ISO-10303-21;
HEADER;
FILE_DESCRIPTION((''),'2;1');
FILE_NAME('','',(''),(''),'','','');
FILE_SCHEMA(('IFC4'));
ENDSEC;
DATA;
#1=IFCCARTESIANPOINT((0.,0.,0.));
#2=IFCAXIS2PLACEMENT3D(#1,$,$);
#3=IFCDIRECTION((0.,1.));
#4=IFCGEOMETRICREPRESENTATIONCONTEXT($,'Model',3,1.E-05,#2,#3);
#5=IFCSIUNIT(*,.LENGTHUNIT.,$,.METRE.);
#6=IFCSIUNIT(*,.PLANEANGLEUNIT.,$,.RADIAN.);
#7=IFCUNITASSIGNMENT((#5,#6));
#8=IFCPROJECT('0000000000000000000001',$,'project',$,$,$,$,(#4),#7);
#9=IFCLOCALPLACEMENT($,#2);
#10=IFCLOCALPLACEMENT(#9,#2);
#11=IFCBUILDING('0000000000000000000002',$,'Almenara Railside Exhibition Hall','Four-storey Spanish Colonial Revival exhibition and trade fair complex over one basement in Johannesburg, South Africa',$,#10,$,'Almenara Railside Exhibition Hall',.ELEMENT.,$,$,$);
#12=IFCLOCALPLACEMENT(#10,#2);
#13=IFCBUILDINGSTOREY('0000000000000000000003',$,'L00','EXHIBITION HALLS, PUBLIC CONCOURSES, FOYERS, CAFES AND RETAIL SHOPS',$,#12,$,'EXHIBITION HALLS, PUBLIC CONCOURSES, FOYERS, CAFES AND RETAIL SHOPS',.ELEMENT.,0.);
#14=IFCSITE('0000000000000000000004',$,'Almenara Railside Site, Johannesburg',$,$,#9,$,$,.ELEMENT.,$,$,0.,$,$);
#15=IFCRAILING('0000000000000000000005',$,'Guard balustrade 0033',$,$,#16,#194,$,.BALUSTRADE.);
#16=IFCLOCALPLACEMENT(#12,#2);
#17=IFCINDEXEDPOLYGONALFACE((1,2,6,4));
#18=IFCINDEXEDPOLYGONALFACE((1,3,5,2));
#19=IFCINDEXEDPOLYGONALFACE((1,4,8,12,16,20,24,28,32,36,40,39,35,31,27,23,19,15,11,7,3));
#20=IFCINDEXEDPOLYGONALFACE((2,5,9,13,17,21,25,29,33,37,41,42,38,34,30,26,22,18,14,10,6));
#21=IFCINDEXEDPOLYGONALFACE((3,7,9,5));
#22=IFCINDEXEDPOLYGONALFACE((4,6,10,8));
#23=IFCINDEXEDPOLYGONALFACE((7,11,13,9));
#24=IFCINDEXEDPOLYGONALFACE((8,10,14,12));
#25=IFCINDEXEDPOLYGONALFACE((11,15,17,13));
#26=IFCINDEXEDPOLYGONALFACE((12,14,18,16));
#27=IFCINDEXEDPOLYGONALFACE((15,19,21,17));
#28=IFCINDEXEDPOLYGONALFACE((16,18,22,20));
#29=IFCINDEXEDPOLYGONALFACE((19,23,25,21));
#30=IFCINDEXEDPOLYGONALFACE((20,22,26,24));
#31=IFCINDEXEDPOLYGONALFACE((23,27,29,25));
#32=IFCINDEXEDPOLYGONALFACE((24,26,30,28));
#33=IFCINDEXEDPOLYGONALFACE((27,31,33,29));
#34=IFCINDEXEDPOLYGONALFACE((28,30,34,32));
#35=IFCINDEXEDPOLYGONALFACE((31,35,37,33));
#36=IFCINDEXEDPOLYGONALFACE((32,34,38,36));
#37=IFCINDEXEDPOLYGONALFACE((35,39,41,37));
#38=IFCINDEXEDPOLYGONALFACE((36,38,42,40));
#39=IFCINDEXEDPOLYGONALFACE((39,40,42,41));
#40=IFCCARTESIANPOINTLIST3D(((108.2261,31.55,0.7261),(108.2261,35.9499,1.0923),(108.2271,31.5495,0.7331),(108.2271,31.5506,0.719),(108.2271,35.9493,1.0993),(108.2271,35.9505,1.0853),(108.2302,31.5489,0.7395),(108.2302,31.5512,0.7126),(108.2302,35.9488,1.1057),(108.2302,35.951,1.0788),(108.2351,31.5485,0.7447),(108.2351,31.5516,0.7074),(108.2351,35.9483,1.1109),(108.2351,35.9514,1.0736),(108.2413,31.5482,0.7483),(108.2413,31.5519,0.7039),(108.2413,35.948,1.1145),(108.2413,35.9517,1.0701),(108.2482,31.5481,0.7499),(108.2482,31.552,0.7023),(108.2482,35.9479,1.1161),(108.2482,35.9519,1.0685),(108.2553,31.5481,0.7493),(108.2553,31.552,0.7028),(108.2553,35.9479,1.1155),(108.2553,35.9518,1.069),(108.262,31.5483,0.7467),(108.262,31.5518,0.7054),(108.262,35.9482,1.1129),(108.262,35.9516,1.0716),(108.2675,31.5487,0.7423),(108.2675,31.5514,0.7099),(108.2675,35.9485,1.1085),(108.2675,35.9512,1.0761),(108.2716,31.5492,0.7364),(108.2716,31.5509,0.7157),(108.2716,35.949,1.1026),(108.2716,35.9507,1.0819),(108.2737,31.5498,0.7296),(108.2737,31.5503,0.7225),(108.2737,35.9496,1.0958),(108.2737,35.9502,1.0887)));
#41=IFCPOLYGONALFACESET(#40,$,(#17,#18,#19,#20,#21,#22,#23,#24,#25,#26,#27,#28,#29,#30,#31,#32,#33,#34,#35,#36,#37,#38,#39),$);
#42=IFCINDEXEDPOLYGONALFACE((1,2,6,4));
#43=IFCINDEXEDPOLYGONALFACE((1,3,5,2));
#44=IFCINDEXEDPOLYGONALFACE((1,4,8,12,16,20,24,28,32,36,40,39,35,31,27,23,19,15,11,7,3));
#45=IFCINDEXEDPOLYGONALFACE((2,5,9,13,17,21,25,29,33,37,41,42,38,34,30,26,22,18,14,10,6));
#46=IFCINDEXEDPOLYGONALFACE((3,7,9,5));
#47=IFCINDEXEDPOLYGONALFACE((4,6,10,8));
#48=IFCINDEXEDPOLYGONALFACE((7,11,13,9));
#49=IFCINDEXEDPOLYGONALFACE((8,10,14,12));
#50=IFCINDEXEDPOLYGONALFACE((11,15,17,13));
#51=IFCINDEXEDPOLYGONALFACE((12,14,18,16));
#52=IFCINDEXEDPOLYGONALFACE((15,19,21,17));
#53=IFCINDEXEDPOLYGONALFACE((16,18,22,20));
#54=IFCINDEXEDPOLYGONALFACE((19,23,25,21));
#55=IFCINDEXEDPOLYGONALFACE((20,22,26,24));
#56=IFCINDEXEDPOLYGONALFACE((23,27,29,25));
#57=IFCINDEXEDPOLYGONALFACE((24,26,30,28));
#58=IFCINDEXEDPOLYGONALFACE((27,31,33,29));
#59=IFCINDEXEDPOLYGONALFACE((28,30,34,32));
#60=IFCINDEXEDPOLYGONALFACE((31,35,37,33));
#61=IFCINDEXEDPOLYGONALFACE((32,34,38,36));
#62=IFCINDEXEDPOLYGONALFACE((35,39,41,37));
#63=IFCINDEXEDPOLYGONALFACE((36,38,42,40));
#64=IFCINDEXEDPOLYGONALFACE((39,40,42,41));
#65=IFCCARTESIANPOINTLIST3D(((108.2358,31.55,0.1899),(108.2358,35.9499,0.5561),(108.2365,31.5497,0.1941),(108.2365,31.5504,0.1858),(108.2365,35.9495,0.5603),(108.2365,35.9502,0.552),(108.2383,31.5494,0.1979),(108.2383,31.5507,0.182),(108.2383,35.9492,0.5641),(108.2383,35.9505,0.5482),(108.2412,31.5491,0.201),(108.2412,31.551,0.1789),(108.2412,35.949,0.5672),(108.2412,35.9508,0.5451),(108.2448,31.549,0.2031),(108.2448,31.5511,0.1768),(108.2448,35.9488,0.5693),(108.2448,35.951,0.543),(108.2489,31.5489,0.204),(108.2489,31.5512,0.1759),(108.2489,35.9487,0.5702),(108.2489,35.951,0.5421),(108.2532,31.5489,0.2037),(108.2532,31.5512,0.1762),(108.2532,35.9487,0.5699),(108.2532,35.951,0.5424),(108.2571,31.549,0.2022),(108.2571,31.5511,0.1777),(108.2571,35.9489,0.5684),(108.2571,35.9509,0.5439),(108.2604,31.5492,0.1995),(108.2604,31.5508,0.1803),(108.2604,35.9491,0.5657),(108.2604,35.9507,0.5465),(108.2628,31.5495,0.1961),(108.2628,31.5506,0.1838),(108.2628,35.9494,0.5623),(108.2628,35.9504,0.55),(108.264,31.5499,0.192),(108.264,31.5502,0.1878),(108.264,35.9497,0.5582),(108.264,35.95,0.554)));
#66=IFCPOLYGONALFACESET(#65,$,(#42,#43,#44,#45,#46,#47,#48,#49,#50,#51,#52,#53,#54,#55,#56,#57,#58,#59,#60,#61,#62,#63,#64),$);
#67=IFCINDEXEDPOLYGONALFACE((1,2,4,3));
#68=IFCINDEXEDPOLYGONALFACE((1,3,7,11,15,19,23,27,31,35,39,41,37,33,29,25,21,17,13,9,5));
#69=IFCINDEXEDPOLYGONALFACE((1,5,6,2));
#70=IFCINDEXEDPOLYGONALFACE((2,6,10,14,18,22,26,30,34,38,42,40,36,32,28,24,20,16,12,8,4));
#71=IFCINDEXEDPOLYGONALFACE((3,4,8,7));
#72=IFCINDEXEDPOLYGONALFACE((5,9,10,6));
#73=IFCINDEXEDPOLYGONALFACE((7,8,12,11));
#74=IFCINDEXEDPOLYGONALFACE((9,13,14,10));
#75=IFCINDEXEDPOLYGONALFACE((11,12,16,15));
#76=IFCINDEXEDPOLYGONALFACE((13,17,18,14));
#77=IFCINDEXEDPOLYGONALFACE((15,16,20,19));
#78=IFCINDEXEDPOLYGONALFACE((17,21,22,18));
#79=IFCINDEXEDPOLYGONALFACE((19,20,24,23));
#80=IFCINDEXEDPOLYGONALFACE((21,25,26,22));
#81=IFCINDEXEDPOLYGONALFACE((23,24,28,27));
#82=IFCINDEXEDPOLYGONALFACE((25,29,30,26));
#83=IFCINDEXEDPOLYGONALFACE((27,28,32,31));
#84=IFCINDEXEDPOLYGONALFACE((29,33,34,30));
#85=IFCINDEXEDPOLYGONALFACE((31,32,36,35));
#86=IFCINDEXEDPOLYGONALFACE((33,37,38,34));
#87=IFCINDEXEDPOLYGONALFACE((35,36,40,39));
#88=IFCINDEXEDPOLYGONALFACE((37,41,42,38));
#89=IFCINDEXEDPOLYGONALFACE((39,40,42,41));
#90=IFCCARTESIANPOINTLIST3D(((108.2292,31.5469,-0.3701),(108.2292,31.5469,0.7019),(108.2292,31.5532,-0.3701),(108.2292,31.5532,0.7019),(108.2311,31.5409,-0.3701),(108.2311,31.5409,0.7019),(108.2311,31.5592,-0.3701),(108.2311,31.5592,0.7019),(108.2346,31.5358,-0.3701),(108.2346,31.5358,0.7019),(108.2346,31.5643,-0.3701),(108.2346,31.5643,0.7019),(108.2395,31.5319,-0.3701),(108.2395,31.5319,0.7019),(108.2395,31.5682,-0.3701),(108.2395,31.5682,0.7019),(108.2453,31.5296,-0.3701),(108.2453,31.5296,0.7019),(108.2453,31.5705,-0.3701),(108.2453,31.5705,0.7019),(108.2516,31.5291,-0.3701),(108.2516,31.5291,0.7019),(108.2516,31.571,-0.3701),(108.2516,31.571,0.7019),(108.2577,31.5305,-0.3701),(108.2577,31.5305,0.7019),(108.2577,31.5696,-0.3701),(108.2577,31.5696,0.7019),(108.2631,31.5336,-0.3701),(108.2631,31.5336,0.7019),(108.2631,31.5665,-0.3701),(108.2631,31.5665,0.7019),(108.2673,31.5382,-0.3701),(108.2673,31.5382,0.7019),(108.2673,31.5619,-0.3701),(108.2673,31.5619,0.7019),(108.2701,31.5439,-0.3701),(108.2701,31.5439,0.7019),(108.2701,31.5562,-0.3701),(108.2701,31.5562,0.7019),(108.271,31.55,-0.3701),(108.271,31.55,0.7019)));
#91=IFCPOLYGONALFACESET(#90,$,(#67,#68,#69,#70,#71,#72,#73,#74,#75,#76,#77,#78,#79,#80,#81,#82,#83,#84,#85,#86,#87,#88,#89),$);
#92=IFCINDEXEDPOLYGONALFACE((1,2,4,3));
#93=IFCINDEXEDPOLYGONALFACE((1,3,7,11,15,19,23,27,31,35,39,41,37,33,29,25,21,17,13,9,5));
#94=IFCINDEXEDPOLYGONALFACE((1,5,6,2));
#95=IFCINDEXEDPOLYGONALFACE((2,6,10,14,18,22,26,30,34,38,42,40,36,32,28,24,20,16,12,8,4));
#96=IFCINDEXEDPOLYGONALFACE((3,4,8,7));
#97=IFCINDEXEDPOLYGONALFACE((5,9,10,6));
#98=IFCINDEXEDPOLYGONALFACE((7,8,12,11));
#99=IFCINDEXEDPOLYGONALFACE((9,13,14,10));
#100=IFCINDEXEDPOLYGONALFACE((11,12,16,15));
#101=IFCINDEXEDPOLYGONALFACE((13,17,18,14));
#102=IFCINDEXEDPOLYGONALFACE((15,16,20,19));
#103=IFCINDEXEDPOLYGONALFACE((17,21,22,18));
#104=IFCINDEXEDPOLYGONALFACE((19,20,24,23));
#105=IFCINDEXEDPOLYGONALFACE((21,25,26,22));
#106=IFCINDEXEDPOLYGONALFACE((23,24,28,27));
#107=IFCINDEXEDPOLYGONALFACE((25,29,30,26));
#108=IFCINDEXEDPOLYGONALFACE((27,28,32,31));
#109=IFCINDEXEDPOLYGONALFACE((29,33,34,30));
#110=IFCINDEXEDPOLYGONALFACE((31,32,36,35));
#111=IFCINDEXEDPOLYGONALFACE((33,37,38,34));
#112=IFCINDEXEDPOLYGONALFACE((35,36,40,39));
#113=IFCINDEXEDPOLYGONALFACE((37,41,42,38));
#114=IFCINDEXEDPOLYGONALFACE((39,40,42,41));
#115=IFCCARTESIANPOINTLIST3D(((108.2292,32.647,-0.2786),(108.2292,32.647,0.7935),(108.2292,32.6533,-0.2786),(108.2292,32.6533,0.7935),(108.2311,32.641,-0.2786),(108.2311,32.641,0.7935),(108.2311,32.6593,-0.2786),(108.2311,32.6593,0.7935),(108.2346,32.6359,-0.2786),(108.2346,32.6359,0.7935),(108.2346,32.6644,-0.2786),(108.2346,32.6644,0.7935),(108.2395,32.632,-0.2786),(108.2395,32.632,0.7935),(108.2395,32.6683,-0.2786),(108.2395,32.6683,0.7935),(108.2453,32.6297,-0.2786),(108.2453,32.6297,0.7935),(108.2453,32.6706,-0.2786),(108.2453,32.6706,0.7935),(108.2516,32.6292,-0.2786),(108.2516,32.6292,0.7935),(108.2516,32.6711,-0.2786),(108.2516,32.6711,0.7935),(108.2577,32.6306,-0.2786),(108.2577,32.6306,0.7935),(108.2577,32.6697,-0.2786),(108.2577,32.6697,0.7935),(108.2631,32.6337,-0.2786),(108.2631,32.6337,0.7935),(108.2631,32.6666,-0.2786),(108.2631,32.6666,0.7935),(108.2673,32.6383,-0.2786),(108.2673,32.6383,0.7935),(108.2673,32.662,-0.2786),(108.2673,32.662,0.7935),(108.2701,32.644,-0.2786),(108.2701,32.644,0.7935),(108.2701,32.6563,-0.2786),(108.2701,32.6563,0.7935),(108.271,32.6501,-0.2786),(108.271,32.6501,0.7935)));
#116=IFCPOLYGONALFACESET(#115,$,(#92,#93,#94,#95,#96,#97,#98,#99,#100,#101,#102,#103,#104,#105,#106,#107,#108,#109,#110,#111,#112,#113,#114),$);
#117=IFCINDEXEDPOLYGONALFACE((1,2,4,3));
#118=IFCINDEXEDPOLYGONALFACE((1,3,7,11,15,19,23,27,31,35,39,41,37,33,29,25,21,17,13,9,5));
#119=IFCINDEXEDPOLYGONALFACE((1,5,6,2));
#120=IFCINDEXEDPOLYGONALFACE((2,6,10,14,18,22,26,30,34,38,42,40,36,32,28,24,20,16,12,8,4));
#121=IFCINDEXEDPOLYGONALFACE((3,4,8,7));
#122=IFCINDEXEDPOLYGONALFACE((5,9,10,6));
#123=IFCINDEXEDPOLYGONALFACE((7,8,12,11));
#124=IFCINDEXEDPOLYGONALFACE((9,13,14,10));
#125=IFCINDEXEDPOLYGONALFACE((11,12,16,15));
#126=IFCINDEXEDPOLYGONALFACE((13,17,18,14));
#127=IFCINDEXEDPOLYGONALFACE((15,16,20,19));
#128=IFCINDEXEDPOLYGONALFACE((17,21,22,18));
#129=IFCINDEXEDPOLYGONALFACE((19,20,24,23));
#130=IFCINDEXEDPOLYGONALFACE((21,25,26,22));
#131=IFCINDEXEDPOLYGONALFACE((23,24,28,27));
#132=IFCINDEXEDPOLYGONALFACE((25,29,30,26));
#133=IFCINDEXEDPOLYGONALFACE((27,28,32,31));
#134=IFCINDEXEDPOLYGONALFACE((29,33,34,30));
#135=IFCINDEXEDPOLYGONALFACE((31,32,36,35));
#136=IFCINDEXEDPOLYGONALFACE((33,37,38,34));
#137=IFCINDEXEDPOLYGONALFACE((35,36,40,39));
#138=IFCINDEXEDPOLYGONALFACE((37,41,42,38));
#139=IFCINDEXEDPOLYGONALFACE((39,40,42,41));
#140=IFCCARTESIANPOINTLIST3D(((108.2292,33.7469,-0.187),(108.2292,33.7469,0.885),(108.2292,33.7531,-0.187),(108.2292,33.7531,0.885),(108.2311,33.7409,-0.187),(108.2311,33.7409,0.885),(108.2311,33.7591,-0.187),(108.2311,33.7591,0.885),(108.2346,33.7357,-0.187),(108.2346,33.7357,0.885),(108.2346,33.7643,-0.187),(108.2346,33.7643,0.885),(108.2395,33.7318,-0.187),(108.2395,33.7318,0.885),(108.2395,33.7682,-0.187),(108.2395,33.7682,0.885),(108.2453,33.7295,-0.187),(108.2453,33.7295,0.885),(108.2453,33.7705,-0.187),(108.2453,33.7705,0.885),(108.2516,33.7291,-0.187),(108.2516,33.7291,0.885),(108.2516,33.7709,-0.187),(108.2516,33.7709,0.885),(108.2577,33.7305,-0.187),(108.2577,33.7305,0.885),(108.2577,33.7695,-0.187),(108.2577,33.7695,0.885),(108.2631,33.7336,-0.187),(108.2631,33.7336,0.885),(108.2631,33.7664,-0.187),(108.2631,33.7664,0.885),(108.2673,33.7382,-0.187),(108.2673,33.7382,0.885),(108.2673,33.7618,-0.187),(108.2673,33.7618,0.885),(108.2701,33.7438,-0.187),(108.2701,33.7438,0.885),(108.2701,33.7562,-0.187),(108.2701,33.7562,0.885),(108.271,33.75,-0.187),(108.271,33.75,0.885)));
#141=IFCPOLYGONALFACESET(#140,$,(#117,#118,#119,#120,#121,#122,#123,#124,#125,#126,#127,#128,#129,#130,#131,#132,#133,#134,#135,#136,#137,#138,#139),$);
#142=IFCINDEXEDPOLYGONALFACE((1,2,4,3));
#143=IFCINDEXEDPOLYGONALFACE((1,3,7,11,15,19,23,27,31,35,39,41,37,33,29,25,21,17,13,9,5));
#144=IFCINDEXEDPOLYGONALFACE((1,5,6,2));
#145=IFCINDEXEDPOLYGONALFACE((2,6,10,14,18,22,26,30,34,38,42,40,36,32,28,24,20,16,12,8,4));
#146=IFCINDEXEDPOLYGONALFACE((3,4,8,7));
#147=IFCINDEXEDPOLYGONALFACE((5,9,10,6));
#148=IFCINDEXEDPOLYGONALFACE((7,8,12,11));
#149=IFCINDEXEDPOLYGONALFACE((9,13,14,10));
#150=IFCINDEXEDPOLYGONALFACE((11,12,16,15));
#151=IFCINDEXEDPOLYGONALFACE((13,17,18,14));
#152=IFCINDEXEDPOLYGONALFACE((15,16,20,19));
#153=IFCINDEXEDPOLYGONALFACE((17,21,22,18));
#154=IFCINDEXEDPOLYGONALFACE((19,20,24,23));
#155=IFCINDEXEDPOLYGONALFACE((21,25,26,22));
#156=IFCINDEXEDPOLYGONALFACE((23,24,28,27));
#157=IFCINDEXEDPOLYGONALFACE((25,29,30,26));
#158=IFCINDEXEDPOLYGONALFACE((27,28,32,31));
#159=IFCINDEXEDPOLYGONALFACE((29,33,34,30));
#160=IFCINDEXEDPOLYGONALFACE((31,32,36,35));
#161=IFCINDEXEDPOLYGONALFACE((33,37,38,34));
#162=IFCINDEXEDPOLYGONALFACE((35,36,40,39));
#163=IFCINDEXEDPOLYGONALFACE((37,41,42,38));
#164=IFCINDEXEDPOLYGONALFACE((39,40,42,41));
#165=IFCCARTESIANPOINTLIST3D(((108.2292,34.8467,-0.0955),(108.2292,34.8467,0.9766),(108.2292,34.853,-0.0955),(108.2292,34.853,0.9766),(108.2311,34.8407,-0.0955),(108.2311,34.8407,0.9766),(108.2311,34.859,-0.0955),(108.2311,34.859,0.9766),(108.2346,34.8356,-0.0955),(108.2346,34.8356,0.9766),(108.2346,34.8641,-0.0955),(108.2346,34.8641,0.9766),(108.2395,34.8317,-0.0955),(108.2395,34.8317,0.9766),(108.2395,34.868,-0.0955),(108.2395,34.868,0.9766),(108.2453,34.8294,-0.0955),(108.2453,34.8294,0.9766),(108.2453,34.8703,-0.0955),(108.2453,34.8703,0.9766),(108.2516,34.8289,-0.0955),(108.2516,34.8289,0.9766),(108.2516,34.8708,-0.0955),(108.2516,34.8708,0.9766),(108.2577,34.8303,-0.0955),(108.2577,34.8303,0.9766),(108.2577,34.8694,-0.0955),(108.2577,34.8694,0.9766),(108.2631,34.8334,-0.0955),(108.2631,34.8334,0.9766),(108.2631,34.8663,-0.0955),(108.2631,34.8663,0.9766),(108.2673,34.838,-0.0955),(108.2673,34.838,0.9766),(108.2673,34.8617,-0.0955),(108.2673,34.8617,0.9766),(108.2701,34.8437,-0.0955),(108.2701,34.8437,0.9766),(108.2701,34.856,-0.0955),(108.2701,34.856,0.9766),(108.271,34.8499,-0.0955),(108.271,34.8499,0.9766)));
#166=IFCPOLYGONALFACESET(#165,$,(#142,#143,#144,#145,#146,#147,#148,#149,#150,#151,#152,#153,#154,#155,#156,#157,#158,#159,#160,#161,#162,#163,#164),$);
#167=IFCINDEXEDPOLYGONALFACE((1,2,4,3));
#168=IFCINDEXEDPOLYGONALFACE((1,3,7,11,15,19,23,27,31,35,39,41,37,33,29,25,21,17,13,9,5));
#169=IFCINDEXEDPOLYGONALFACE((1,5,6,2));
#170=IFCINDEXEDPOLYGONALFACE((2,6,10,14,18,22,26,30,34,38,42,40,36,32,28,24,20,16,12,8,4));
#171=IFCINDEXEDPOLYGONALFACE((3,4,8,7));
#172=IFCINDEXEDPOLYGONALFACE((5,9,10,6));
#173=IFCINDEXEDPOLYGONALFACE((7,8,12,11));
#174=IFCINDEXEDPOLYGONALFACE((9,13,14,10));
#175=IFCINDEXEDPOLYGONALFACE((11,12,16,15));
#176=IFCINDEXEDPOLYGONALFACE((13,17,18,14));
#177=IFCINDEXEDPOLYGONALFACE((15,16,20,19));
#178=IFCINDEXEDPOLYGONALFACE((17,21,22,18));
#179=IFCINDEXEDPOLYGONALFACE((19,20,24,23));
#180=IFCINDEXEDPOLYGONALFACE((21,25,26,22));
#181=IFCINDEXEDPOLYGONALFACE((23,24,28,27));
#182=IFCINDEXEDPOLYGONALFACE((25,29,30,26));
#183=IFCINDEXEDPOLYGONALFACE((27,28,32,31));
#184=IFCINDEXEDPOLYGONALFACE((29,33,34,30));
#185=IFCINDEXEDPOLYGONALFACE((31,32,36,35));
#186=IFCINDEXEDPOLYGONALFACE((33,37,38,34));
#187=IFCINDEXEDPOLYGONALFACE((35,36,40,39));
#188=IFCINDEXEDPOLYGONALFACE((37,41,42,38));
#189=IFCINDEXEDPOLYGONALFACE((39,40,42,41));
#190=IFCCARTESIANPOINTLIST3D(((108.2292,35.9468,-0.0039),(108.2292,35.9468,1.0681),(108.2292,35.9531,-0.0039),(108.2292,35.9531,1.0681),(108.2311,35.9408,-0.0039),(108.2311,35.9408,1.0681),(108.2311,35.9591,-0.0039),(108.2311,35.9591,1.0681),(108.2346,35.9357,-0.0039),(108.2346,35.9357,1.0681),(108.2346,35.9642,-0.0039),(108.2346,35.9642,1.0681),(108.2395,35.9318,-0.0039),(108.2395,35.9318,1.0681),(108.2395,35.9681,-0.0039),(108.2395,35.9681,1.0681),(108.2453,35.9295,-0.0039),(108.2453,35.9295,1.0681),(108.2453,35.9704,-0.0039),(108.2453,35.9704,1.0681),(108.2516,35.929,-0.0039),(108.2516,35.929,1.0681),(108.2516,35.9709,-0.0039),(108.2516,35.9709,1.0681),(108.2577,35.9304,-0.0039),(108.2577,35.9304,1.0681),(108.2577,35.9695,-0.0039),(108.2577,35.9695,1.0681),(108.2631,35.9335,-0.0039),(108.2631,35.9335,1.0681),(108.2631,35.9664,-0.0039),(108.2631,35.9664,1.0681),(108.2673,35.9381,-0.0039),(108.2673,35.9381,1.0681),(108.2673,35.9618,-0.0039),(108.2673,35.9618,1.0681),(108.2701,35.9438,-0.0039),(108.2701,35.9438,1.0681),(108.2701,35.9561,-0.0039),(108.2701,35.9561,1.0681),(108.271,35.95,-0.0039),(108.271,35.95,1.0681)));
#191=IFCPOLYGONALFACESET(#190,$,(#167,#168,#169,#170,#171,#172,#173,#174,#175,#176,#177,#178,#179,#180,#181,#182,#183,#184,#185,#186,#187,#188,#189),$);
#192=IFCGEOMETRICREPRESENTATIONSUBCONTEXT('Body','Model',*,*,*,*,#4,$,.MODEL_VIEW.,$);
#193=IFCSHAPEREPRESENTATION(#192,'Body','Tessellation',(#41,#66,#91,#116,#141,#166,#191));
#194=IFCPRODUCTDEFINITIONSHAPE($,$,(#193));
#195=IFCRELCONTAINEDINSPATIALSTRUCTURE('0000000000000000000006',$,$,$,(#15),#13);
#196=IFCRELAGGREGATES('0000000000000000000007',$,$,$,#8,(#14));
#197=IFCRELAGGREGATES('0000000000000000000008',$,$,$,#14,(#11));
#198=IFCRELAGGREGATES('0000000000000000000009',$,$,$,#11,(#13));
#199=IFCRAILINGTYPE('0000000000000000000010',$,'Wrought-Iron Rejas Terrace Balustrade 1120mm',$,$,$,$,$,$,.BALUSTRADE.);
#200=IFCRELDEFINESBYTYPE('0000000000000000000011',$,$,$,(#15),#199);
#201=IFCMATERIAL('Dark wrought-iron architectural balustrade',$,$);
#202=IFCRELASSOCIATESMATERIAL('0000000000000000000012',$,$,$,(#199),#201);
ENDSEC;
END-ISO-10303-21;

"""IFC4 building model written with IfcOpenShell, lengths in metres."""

from ifc_helpers import new_model, si_unit, direction, frame, origin, origin_2d, place, context, subcontext, project, spatial, circle, extrude, material, type_object, element, save


model = new_model("IFC4")

# Units and contexts
model_context = context("Model", 3, precision=1e-05, world=origin(), true_north=direction((0.0, 1.0)))
body_context = subcontext(model_context, "Body", "Model", "MODEL_VIEW")
ifc_project = project(units=[si_unit("LENGTHUNIT", "METRE"), si_unit("PLANEANGLEUNIT", "RADIAN")], contexts=[model_context])

# Site, building, storey
site_placement = place(None, origin())
site = spatial("IfcSite", under=ifc_project, at=site_placement, Name="Almenara Railside Site, Johannesburg", CompositionType="ELEMENT", RefElevation=0.0)
building_placement = place(site_placement, origin())
building = spatial("IfcBuilding", under=site, at=building_placement, Name="Almenara Railside Exhibition Hall", Description="Four-storey Spanish Colonial Revival exhibition and trade fair complex over one basement in Johannesburg, South Africa", LongName="Almenara Railside Exhibition Hall", CompositionType="ELEMENT")
storey_placement = place(building_placement, origin())
storey = spatial("IfcBuildingStorey", under=building, at=storey_placement, Name="L00", Description="EXHIBITION HALLS, PUBLIC CONCOURSES, FOYERS, CAFES AND RETAIL SHOPS", LongName="EXHIBITION HALLS, PUBLIC CONCOURSES, FOYERS, CAFES AND RETAIL SHOPS", CompositionType="ELEMENT", Elevation=0.0)

# Railing
ifc_material_1 = material(Name="Dark wrought-iron architectural balustrade")
railing_type = type_object("IfcRailingType", Name="Wrought-Iron Rejas Terrace Balustrade 1120mm", PredefinedType="BALUSTRADE", material=ifc_material_1)
railing_1_placement = place(storey_placement, frame((108.25, 31.55, -0.3701)))
element("IfcRailing", 1, at=railing_1_placement, inside=storey, type_object=railing_type, Name="Guard balustrade 0033", PredefinedType="BALUSTRADE", context=body_context, shape_type="SweptSolid", body=[
    extrude(circle(Radius=0.0239, at=origin_2d()), frame((0.0, 0.0, 1.0962), z_axis=(0.0, 0.996554, 0.082945), x_axis=(-1.0, 0.0, 0.0)), (0.0, 0.0, 1.0), 4.415),
    extrude(circle(Radius=0.0142, at=origin_2d()), frame((0.0, 0.0, 0.5601), z_axis=(0.0, 0.996554, 0.082945), x_axis=(-1.0, 0.0, 0.0)), (0.0, 0.0, 1.0), 4.415),
    extrude(circle(Radius=0.021, at=origin_2d()), origin(), (0.0, 0.0, 1.0), 1.072),
    extrude(circle(Radius=0.021, at=origin_2d()), frame((0.0, 1.1001, 0.0916)), (0.0, 0.0, 1.0), 1.072),
    extrude(circle(Radius=0.021, at=origin_2d()), frame((0.0, 2.2, 0.1831)), (0.0, 0.0, 1.0), 1.072),
    extrude(circle(Radius=0.021, at=origin_2d()), frame((0.0, 3.2998, 0.2747)), (0.0, 0.0, 1.0), 1.072),
    extrude(circle(Radius=0.021, at=origin_2d()), frame((0.0, 4.3999, 0.3662)), (0.0, 0.0, 1.0), 1.072),
])

save(model, "model.ifc")
